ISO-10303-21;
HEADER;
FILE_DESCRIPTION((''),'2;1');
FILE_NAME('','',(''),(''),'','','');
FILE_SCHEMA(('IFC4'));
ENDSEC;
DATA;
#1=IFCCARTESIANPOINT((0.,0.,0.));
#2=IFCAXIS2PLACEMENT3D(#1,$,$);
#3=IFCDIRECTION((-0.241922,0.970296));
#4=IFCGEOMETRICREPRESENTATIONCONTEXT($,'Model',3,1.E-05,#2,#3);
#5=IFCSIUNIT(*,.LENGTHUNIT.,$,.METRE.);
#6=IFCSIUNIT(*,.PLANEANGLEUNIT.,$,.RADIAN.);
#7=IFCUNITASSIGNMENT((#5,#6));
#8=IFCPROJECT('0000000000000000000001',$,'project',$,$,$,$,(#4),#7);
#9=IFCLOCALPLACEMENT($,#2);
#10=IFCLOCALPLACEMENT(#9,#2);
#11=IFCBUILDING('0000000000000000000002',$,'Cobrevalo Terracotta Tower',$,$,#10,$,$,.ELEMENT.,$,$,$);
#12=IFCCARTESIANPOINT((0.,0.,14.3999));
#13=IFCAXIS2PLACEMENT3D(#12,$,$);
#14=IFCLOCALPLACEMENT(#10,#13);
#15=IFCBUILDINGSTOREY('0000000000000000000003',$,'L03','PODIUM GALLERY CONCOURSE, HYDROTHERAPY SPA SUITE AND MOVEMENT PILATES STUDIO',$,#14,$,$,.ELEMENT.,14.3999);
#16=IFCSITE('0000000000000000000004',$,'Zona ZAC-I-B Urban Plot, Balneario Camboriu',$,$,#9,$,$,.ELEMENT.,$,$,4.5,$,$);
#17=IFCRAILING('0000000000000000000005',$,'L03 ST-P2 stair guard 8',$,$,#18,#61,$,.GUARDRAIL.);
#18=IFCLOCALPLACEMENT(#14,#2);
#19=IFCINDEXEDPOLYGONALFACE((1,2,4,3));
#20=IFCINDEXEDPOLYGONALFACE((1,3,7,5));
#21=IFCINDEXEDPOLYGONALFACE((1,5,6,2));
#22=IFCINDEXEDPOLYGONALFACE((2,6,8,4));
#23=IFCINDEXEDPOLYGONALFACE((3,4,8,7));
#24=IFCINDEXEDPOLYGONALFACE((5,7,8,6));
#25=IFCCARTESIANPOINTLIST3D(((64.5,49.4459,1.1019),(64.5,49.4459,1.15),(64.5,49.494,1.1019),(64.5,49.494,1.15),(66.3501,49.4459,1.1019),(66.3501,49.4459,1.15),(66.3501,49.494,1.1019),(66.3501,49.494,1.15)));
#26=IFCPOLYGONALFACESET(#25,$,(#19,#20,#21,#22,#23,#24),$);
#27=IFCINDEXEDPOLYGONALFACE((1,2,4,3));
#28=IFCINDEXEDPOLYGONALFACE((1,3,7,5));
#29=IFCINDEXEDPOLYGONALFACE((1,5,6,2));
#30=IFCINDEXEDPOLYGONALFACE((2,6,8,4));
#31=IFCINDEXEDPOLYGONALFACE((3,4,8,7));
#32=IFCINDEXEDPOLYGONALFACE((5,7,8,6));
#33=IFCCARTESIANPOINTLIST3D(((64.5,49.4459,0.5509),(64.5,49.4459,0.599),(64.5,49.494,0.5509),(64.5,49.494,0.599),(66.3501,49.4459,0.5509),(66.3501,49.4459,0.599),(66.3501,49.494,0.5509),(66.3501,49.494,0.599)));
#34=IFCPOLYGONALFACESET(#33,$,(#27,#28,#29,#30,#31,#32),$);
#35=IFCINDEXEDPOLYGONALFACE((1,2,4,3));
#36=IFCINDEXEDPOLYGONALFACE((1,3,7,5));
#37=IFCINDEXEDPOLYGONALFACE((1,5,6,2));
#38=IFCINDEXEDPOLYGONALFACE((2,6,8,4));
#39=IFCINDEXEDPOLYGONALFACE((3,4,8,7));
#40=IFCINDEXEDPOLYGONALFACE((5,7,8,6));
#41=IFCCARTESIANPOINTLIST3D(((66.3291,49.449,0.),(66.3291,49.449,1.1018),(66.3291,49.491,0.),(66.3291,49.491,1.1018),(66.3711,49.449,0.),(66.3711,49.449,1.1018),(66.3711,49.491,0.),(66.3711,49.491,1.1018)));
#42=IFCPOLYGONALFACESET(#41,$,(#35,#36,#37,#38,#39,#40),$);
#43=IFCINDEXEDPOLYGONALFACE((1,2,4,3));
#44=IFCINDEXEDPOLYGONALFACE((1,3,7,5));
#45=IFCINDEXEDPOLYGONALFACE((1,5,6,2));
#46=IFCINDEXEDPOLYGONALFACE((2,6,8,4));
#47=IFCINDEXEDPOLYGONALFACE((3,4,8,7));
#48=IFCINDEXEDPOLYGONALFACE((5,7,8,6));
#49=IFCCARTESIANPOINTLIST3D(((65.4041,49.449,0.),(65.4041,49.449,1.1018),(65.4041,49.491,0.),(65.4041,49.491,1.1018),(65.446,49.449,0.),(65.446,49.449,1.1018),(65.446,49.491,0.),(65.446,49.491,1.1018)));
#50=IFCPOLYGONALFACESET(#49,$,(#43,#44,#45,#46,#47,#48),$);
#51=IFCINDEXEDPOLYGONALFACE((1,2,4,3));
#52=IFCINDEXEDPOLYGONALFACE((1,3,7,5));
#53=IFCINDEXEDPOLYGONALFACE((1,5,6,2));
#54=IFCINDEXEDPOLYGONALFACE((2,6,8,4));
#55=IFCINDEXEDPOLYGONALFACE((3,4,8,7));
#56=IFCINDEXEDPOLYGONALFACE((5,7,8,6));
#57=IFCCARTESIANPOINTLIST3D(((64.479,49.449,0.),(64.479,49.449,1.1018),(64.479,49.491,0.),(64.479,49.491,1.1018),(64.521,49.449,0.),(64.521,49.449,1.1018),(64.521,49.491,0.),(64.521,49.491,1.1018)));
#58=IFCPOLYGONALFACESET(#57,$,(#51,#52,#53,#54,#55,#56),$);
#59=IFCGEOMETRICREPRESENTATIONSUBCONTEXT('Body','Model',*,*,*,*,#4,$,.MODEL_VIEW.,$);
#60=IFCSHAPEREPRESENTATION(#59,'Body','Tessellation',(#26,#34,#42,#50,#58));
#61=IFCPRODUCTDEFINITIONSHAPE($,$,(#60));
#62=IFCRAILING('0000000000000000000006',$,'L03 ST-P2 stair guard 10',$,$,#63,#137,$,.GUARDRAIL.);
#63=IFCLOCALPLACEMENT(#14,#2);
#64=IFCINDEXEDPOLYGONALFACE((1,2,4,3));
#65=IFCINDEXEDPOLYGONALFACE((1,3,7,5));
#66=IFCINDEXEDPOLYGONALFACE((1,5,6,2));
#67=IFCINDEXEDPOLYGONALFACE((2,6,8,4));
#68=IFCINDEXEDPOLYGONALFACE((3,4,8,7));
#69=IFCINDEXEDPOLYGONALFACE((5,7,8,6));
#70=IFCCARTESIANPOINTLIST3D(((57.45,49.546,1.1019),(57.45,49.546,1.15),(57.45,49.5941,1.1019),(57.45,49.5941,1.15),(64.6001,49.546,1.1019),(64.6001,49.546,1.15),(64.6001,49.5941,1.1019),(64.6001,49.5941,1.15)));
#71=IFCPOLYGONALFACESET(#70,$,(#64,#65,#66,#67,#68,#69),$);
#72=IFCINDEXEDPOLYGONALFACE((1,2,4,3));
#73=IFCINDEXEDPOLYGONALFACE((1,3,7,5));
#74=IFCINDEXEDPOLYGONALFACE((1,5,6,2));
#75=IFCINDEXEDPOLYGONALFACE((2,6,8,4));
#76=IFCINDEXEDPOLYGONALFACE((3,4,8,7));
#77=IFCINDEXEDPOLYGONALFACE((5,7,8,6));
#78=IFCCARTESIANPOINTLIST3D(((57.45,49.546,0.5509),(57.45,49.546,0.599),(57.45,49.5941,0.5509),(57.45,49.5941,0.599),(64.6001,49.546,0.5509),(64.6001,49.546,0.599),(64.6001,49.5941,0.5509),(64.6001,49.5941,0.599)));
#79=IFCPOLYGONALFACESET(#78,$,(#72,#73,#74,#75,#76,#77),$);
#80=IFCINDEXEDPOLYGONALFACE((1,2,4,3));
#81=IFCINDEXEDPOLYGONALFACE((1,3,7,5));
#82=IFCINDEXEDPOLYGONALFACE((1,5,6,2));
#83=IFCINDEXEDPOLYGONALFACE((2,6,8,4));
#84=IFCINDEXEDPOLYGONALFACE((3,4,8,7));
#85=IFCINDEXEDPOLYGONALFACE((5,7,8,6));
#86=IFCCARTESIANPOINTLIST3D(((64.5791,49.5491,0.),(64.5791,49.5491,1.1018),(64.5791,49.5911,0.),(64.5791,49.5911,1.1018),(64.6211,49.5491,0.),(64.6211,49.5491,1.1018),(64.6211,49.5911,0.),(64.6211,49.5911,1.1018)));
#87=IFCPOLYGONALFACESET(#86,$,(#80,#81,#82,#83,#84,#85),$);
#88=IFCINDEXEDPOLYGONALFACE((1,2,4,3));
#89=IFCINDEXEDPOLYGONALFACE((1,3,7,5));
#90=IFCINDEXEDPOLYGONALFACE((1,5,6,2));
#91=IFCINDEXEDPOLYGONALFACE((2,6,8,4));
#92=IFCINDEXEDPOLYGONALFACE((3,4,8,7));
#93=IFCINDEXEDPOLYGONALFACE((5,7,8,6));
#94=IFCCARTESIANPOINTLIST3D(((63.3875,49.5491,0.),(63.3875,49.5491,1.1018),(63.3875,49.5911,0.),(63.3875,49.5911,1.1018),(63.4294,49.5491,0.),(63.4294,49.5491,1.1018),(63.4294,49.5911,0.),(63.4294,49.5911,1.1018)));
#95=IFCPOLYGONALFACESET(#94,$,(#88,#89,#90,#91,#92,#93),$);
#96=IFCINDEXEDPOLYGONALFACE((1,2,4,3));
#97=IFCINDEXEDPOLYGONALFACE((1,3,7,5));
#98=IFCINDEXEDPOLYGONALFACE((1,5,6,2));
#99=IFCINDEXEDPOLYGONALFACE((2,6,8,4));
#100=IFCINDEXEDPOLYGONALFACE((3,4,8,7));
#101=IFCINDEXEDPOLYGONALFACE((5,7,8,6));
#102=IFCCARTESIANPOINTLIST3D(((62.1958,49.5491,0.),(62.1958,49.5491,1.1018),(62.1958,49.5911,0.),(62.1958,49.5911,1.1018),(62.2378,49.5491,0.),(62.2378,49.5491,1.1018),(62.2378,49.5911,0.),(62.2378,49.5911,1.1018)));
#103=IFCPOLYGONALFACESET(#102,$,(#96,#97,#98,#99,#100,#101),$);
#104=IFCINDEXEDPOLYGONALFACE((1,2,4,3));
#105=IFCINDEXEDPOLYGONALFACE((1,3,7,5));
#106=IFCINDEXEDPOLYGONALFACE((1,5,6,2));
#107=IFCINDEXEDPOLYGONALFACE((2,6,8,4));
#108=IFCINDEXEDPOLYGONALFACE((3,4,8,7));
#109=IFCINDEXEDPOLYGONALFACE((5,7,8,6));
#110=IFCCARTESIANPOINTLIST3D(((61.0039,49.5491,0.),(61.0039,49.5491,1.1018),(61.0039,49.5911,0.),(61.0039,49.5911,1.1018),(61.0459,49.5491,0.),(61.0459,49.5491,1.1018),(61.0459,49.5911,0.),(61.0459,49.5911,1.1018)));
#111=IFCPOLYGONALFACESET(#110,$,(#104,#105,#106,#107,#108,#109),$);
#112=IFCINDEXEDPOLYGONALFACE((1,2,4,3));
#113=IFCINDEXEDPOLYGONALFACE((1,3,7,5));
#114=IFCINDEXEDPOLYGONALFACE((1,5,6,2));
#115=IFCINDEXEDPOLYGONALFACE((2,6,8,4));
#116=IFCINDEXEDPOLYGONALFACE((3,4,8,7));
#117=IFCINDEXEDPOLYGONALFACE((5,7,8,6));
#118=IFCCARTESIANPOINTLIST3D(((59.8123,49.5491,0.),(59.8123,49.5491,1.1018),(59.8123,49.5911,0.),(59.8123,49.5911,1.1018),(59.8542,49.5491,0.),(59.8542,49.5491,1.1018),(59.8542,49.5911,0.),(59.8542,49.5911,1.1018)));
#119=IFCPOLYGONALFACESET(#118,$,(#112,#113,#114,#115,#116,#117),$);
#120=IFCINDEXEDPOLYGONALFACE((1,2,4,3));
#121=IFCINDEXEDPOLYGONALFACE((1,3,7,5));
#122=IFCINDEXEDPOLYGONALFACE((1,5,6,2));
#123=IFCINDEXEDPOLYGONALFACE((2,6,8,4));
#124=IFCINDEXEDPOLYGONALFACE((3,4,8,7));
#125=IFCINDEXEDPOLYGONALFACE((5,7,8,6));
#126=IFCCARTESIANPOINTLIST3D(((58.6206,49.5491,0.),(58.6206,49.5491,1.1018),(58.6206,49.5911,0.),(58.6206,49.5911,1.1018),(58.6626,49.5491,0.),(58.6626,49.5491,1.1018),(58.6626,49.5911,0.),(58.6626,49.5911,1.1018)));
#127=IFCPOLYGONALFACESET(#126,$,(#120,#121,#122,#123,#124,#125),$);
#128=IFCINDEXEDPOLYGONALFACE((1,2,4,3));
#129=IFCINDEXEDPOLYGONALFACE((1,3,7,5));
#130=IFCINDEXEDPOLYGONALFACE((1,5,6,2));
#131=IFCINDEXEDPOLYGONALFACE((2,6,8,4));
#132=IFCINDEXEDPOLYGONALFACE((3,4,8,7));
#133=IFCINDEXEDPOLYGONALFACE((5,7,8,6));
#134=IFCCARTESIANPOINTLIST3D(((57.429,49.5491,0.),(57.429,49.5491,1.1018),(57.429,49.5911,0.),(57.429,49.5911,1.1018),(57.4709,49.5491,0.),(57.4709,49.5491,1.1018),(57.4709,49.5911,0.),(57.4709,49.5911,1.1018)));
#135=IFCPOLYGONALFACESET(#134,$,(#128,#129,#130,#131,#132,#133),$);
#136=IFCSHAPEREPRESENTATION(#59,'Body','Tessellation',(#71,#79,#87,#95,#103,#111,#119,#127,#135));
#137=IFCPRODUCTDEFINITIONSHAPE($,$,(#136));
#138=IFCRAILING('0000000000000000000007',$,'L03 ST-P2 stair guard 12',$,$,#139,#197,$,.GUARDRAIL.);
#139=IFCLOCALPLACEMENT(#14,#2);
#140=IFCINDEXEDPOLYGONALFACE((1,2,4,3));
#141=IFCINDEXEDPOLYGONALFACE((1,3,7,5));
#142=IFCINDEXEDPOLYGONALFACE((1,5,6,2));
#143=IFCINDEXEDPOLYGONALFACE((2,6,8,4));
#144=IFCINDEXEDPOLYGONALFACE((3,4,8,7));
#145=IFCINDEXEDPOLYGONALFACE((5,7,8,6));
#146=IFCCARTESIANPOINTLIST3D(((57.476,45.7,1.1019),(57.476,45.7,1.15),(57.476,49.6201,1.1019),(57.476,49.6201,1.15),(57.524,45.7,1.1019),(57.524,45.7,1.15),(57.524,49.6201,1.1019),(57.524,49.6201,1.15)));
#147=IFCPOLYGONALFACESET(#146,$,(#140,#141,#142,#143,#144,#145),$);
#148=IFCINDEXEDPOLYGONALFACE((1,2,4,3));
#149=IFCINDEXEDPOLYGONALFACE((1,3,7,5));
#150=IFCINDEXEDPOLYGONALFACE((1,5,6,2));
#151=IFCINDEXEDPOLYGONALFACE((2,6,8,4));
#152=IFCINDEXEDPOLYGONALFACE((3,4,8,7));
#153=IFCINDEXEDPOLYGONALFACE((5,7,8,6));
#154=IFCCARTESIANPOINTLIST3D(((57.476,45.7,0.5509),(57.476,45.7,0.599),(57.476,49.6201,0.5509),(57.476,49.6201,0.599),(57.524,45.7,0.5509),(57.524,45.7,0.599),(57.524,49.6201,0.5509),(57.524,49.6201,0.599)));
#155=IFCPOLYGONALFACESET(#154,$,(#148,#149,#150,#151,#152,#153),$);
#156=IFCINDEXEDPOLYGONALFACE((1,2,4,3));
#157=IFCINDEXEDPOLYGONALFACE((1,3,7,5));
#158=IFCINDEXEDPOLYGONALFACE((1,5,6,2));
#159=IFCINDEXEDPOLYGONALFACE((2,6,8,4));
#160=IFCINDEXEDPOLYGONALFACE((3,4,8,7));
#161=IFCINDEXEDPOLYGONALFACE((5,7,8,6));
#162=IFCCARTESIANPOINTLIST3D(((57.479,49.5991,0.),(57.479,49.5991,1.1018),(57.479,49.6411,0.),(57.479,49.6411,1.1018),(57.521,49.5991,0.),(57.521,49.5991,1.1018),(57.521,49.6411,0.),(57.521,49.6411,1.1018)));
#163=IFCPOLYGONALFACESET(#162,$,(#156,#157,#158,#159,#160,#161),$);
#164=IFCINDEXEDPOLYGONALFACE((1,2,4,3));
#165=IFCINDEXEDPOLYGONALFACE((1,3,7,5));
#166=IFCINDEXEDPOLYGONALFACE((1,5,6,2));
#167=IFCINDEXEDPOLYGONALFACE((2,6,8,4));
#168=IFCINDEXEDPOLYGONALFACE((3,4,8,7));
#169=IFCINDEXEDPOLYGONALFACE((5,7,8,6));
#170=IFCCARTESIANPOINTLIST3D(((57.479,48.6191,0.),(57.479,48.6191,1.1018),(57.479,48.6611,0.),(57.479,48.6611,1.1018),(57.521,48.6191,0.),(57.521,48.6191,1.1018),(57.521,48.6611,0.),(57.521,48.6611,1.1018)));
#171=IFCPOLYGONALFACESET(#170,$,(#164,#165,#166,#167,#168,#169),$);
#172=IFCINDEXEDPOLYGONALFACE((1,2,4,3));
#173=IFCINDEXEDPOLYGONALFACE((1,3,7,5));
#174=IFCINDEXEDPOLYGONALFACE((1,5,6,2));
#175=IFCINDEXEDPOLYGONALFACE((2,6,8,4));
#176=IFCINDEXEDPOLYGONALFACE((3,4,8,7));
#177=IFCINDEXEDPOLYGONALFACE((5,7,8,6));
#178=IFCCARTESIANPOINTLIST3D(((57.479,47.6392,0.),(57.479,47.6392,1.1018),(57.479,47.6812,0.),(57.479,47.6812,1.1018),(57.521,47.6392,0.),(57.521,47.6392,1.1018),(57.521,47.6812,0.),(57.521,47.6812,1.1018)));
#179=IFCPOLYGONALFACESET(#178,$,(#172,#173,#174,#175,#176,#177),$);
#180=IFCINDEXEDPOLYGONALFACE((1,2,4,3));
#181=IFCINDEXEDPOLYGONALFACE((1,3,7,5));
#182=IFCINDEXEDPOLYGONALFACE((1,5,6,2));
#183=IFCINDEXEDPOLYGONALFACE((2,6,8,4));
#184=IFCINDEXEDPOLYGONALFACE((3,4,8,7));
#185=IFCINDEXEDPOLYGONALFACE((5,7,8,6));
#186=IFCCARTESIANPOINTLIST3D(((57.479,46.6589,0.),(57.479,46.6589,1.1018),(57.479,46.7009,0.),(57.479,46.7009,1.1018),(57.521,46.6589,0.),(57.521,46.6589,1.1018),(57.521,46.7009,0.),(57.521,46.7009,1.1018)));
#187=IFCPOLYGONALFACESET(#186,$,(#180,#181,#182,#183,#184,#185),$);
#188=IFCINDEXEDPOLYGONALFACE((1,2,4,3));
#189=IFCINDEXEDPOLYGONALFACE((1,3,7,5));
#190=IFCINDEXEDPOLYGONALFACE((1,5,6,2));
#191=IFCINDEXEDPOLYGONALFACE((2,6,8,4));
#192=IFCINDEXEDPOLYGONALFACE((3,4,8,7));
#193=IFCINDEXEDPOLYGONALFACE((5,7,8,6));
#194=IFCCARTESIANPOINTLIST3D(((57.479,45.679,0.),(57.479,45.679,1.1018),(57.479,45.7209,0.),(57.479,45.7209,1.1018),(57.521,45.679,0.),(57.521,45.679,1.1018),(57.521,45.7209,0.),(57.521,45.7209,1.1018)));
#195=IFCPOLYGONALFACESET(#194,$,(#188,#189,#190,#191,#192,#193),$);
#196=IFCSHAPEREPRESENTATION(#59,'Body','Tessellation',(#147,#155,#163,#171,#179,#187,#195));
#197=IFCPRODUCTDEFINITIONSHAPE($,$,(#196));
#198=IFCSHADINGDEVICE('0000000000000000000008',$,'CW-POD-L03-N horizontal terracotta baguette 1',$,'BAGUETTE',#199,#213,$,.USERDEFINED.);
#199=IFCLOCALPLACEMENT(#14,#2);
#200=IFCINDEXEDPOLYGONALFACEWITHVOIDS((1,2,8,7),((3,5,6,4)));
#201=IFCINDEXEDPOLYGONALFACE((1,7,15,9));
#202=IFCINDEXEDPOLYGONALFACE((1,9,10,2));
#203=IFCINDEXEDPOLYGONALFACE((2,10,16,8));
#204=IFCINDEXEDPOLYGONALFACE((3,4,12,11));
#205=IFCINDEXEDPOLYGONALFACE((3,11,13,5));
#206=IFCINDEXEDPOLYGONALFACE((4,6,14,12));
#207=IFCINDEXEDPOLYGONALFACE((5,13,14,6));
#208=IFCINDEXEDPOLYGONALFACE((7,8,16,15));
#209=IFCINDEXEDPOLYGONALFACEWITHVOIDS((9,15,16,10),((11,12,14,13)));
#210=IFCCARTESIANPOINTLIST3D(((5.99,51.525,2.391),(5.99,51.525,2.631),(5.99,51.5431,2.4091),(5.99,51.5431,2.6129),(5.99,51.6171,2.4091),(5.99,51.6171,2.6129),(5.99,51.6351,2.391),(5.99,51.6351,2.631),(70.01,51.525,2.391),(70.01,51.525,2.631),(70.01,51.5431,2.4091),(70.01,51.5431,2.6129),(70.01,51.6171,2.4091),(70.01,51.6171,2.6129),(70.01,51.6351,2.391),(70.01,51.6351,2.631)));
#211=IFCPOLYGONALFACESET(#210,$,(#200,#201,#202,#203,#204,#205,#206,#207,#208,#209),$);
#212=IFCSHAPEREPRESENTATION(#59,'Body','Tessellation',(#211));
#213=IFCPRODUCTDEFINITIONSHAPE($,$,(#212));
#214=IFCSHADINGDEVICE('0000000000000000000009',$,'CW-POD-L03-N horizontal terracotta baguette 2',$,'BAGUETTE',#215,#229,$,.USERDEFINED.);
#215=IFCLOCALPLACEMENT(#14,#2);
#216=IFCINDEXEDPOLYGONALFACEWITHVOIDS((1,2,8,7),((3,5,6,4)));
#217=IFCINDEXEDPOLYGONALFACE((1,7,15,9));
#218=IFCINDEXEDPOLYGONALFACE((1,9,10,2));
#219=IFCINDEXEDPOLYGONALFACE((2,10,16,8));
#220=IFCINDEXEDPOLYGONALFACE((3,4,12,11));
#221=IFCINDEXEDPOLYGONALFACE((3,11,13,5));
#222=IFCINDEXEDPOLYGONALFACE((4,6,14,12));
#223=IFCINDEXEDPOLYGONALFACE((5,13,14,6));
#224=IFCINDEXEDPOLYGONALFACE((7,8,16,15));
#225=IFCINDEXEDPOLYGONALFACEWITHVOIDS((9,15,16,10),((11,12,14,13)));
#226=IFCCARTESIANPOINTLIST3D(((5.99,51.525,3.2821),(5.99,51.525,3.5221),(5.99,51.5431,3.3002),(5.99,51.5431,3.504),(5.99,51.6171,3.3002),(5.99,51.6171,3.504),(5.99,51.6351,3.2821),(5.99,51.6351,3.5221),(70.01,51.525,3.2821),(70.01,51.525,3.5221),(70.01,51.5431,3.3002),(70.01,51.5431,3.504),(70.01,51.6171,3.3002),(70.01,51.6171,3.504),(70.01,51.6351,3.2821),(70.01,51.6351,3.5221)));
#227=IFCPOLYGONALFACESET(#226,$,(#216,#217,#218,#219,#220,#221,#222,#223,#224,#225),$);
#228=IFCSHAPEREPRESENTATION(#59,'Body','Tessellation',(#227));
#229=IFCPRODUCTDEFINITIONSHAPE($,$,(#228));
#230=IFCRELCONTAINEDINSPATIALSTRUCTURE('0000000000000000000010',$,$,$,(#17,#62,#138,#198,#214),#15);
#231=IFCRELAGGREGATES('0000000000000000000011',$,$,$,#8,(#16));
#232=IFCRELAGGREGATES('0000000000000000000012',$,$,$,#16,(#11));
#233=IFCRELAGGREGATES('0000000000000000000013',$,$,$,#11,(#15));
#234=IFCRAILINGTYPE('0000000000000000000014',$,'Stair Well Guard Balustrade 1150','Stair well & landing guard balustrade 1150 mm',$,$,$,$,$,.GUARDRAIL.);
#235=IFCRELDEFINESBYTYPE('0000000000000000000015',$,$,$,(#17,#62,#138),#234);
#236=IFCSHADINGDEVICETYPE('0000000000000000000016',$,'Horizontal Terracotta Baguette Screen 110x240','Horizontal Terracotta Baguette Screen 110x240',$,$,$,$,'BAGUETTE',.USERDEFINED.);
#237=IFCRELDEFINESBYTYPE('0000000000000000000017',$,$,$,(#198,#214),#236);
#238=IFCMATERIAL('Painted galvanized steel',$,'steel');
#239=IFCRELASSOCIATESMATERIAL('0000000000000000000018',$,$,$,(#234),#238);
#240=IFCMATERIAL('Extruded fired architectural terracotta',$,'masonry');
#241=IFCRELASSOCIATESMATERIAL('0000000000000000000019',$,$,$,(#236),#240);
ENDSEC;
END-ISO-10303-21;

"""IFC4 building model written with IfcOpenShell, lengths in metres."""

from ifc_helpers import new_model, si_unit, direction, frame, origin, origin_2d, place, context, subcontext, project, spatial, rectangle, hollow_rectangle, extrude, source, transform, mapped, material, material_profile, profile_set, type_object, element, save


model = new_model("IFC4")

# Units and contexts
model_context = context("Model", 3, precision=1e-05, world=origin(), true_north=direction((-0.241922, 0.970296)))
body_context = subcontext(model_context, "Body", "Model", "MODEL_VIEW")
ifc_project = project(units=[si_unit("LENGTHUNIT", "METRE"), si_unit("PLANEANGLEUNIT", "RADIAN")], contexts=[model_context])

# Site, building, storey
site_placement = place(None, origin())
site = spatial("IfcSite", under=ifc_project, at=site_placement, Name="Zona ZAC-I-B Urban Plot, Balneario Camboriu", CompositionType="ELEMENT", RefElevation=4.5)
building_placement = place(site_placement, origin())
building = spatial("IfcBuilding", under=site, at=building_placement, Name="Cobrevalo Terracotta Tower", CompositionType="ELEMENT")
storey_placement = place(building_placement, frame((0.0, 0.0, 14.3999)))
storey = spatial("IfcBuildingStorey", under=building, at=storey_placement, Name="L03", Description="PODIUM GALLERY CONCOURSE, HYDROTHERAPY SPA SUITE AND MOVEMENT PILATES STUDIO", CompositionType="ELEMENT", Elevation=14.3999)

# Railings
ifc_material_1 = material(Name="Painted galvanized steel", Category="steel")
railing_type_1 = type_object("IfcRailingType", Name="Stair Well Guard Balustrade 1150", Description="Stair well & landing guard balustrade 1150 mm", PredefinedType="GUARDRAIL", material=ifc_material_1)
railing_1_placement = place(storey_placement, frame((66.3501, 49.47, 0.0)))
element("IfcRailing", 1, at=railing_1_placement, inside=storey, type_object=railing_type_1, Name="L03 ST-P2 stair guard 8", PredefinedType="GUARDRAIL", context=body_context, shape_type="SweptSolid", body=[
    extrude(rectangle(XDim=0.0481, YDim=0.0481, at=origin_2d()), frame((0.0, 0.0, 1.126), z_axis=(-1.0, 0.0, 0.0), x_axis=(0.0, -1.0, 0.0)), (0.0, 0.0, 1.0), 1.8501),
    extrude(rectangle(XDim=0.0481, YDim=0.0481, at=origin_2d()), frame((0.0, 0.0, 0.575), z_axis=(-1.0, 0.0, 0.0), x_axis=(0.0, -1.0, 0.0)), (0.0, 0.0, 1.0), 1.8501),
    extrude(rectangle(XDim=0.042, YDim=0.042, at=origin_2d()), origin(), (0.0, 0.0, 1.0), 1.1018),
    extrude(rectangle(XDim=0.042, YDim=0.042, at=origin_2d()), frame((-0.925, 0.0, 0.0)), (0.0, 0.0, 1.0), 1.1018),
    extrude(rectangle(XDim=0.042, YDim=0.042, at=origin_2d()), frame((-1.8501, 0.0, 0.0)), (0.0, 0.0, 1.0), 1.1018),
])
railing_2_placement = place(storey_placement, frame((64.6001, 49.5701, 0.0)))
element("IfcRailing", 2, at=railing_2_placement, inside=storey, type_object=railing_type_1, Name="L03 ST-P2 stair guard 10", PredefinedType="GUARDRAIL", context=body_context, shape_type="SweptSolid", body=[
    extrude(rectangle(XDim=0.0481, YDim=0.0481, at=origin_2d()), frame((0.0, 0.0, 1.126), z_axis=(-1.0, 0.0, 0.0), x_axis=(0.0, -1.0, 0.0)), (0.0, 0.0, 1.0), 7.1501),
    extrude(rectangle(XDim=0.0481, YDim=0.0481, at=origin_2d()), frame((0.0, 0.0, 0.575), z_axis=(-1.0, 0.0, 0.0), x_axis=(0.0, -1.0, 0.0)), (0.0, 0.0, 1.0), 7.1501),
    extrude(rectangle(XDim=0.042, YDim=0.042, at=origin_2d()), origin(), (0.0, 0.0, 1.0), 1.1018),
    extrude(rectangle(XDim=0.042, YDim=0.042, at=origin_2d()), frame((-1.1917, 0.0, 0.0)), (0.0, 0.0, 1.0), 1.1018),
    extrude(rectangle(XDim=0.042, YDim=0.042, at=origin_2d()), frame((-2.3833, 0.0, 0.0)), (0.0, 0.0, 1.0), 1.1018),
    extrude(rectangle(XDim=0.042, YDim=0.042, at=origin_2d()), frame((-3.5752, 0.0, 0.0)), (0.0, 0.0, 1.0), 1.1018),
    extrude(rectangle(XDim=0.042, YDim=0.042, at=origin_2d()), frame((-4.7668, 0.0, 0.0)), (0.0, 0.0, 1.0), 1.1018),
    extrude(rectangle(XDim=0.042, YDim=0.042, at=origin_2d()), frame((-5.9585, 0.0, 0.0)), (0.0, 0.0, 1.0), 1.1018),
    extrude(rectangle(XDim=0.042, YDim=0.042, at=origin_2d()), frame((-7.1501, 0.0, 0.0)), (0.0, 0.0, 1.0), 1.1018),
])
railing_3_placement = place(storey_placement, frame((57.5, 49.6201, 0.0)))
element("IfcRailing", 3, at=railing_3_placement, inside=storey, type_object=railing_type_1, Name="L03 ST-P2 stair guard 12", PredefinedType="GUARDRAIL", context=body_context, shape_type="SweptSolid", body=[
    extrude(rectangle(XDim=0.0481, YDim=0.0481, at=origin_2d()), frame((0.0, 0.0, 1.126), z_axis=(0.0, -1.0, 0.0), x_axis=(1.0, 0.0, 0.0)), (0.0, 0.0, 1.0), 3.9202),
    extrude(rectangle(XDim=0.0481, YDim=0.0481, at=origin_2d()), frame((0.0, 0.0, 0.575), z_axis=(0.0, -1.0, 0.0), x_axis=(1.0, 0.0, 0.0)), (0.0, 0.0, 1.0), 3.9202),
    extrude(rectangle(XDim=0.042, YDim=0.042, at=origin_2d()), origin(), (0.0, 0.0, 1.0), 1.1018),
    extrude(rectangle(XDim=0.042, YDim=0.042, at=origin_2d()), frame((0.0, -0.98, 0.0)), (0.0, 0.0, 1.0), 1.1018),
    extrude(rectangle(XDim=0.042, YDim=0.042, at=origin_2d()), frame((0.0, -1.96, 0.0)), (0.0, 0.0, 1.0), 1.1018),
    extrude(rectangle(XDim=0.042, YDim=0.042, at=origin_2d()), frame((0.0, -2.9402, 0.0)), (0.0, 0.0, 1.0), 1.1018),
    extrude(rectangle(XDim=0.042, YDim=0.042, at=origin_2d()), frame((0.0, -3.9202, 0.0)), (0.0, 0.0, 1.0), 1.1018),
])

# Shading devices
ifc_material_2 = material(Name="Extruded fired architectural terracotta", Category="masonry")
ifc_material_profile_1 = material_profile(ifc_material_2, hollow_rectangle(XDim=0.1101, YDim=0.24, WallThickness=0.0181, at=origin_2d()), Name="BAGUETTE 110x240")
ifc_profile_set_1 = profile_set([ifc_material_profile_1], Name="Extruded fired architectural terracotta")
shading_device_type = type_object("IfcShadingDeviceType", Name="Horizontal Terracotta Baguette Screen 110x240", Description="Horizontal Terracotta Baguette Screen 110x240", ElementType="BAGUETTE", PredefinedType="USERDEFINED", material=ifc_profile_set_1)
shared_shape_1 = source(origin(), body_context, "Body", "SweptSolid", [
    extrude(hollow_rectangle(XDim=0.1101, YDim=0.24, WallThickness=0.0181, at=origin_2d()), origin(), (0.0, 0.0, 1.0), 64.02),
])
for number, where, z_axis, x_axis, name in (
    (4, (70.01, 51.5801, 2.511), (-1.0, 0.0, 0.0), (0.0, -1.0, 0.0), "CW-POD-L03-N horizontal terracotta baguette 1"),
    (5, (70.01, 51.5801, 3.4021), (-1.0, 0.0, 0.0), (0.0, -1.0, 0.0), "CW-POD-L03-N horizontal terracotta baguette 2"),
):
    element("IfcShadingDevice", number, at=place(storey_placement, frame(where, z_axis=z_axis, x_axis=x_axis)), inside=storey, type_object=shading_device_type, Name=name, ObjectType="BAGUETTE", PredefinedType="USERDEFINED", context=body_context, shape_type="MappedRepresentation", body=[
        mapped(shared_shape_1, transform((0.0, 0.0, 0.0), scale=1.0)),
    ])

save(model, "model.ifc")
